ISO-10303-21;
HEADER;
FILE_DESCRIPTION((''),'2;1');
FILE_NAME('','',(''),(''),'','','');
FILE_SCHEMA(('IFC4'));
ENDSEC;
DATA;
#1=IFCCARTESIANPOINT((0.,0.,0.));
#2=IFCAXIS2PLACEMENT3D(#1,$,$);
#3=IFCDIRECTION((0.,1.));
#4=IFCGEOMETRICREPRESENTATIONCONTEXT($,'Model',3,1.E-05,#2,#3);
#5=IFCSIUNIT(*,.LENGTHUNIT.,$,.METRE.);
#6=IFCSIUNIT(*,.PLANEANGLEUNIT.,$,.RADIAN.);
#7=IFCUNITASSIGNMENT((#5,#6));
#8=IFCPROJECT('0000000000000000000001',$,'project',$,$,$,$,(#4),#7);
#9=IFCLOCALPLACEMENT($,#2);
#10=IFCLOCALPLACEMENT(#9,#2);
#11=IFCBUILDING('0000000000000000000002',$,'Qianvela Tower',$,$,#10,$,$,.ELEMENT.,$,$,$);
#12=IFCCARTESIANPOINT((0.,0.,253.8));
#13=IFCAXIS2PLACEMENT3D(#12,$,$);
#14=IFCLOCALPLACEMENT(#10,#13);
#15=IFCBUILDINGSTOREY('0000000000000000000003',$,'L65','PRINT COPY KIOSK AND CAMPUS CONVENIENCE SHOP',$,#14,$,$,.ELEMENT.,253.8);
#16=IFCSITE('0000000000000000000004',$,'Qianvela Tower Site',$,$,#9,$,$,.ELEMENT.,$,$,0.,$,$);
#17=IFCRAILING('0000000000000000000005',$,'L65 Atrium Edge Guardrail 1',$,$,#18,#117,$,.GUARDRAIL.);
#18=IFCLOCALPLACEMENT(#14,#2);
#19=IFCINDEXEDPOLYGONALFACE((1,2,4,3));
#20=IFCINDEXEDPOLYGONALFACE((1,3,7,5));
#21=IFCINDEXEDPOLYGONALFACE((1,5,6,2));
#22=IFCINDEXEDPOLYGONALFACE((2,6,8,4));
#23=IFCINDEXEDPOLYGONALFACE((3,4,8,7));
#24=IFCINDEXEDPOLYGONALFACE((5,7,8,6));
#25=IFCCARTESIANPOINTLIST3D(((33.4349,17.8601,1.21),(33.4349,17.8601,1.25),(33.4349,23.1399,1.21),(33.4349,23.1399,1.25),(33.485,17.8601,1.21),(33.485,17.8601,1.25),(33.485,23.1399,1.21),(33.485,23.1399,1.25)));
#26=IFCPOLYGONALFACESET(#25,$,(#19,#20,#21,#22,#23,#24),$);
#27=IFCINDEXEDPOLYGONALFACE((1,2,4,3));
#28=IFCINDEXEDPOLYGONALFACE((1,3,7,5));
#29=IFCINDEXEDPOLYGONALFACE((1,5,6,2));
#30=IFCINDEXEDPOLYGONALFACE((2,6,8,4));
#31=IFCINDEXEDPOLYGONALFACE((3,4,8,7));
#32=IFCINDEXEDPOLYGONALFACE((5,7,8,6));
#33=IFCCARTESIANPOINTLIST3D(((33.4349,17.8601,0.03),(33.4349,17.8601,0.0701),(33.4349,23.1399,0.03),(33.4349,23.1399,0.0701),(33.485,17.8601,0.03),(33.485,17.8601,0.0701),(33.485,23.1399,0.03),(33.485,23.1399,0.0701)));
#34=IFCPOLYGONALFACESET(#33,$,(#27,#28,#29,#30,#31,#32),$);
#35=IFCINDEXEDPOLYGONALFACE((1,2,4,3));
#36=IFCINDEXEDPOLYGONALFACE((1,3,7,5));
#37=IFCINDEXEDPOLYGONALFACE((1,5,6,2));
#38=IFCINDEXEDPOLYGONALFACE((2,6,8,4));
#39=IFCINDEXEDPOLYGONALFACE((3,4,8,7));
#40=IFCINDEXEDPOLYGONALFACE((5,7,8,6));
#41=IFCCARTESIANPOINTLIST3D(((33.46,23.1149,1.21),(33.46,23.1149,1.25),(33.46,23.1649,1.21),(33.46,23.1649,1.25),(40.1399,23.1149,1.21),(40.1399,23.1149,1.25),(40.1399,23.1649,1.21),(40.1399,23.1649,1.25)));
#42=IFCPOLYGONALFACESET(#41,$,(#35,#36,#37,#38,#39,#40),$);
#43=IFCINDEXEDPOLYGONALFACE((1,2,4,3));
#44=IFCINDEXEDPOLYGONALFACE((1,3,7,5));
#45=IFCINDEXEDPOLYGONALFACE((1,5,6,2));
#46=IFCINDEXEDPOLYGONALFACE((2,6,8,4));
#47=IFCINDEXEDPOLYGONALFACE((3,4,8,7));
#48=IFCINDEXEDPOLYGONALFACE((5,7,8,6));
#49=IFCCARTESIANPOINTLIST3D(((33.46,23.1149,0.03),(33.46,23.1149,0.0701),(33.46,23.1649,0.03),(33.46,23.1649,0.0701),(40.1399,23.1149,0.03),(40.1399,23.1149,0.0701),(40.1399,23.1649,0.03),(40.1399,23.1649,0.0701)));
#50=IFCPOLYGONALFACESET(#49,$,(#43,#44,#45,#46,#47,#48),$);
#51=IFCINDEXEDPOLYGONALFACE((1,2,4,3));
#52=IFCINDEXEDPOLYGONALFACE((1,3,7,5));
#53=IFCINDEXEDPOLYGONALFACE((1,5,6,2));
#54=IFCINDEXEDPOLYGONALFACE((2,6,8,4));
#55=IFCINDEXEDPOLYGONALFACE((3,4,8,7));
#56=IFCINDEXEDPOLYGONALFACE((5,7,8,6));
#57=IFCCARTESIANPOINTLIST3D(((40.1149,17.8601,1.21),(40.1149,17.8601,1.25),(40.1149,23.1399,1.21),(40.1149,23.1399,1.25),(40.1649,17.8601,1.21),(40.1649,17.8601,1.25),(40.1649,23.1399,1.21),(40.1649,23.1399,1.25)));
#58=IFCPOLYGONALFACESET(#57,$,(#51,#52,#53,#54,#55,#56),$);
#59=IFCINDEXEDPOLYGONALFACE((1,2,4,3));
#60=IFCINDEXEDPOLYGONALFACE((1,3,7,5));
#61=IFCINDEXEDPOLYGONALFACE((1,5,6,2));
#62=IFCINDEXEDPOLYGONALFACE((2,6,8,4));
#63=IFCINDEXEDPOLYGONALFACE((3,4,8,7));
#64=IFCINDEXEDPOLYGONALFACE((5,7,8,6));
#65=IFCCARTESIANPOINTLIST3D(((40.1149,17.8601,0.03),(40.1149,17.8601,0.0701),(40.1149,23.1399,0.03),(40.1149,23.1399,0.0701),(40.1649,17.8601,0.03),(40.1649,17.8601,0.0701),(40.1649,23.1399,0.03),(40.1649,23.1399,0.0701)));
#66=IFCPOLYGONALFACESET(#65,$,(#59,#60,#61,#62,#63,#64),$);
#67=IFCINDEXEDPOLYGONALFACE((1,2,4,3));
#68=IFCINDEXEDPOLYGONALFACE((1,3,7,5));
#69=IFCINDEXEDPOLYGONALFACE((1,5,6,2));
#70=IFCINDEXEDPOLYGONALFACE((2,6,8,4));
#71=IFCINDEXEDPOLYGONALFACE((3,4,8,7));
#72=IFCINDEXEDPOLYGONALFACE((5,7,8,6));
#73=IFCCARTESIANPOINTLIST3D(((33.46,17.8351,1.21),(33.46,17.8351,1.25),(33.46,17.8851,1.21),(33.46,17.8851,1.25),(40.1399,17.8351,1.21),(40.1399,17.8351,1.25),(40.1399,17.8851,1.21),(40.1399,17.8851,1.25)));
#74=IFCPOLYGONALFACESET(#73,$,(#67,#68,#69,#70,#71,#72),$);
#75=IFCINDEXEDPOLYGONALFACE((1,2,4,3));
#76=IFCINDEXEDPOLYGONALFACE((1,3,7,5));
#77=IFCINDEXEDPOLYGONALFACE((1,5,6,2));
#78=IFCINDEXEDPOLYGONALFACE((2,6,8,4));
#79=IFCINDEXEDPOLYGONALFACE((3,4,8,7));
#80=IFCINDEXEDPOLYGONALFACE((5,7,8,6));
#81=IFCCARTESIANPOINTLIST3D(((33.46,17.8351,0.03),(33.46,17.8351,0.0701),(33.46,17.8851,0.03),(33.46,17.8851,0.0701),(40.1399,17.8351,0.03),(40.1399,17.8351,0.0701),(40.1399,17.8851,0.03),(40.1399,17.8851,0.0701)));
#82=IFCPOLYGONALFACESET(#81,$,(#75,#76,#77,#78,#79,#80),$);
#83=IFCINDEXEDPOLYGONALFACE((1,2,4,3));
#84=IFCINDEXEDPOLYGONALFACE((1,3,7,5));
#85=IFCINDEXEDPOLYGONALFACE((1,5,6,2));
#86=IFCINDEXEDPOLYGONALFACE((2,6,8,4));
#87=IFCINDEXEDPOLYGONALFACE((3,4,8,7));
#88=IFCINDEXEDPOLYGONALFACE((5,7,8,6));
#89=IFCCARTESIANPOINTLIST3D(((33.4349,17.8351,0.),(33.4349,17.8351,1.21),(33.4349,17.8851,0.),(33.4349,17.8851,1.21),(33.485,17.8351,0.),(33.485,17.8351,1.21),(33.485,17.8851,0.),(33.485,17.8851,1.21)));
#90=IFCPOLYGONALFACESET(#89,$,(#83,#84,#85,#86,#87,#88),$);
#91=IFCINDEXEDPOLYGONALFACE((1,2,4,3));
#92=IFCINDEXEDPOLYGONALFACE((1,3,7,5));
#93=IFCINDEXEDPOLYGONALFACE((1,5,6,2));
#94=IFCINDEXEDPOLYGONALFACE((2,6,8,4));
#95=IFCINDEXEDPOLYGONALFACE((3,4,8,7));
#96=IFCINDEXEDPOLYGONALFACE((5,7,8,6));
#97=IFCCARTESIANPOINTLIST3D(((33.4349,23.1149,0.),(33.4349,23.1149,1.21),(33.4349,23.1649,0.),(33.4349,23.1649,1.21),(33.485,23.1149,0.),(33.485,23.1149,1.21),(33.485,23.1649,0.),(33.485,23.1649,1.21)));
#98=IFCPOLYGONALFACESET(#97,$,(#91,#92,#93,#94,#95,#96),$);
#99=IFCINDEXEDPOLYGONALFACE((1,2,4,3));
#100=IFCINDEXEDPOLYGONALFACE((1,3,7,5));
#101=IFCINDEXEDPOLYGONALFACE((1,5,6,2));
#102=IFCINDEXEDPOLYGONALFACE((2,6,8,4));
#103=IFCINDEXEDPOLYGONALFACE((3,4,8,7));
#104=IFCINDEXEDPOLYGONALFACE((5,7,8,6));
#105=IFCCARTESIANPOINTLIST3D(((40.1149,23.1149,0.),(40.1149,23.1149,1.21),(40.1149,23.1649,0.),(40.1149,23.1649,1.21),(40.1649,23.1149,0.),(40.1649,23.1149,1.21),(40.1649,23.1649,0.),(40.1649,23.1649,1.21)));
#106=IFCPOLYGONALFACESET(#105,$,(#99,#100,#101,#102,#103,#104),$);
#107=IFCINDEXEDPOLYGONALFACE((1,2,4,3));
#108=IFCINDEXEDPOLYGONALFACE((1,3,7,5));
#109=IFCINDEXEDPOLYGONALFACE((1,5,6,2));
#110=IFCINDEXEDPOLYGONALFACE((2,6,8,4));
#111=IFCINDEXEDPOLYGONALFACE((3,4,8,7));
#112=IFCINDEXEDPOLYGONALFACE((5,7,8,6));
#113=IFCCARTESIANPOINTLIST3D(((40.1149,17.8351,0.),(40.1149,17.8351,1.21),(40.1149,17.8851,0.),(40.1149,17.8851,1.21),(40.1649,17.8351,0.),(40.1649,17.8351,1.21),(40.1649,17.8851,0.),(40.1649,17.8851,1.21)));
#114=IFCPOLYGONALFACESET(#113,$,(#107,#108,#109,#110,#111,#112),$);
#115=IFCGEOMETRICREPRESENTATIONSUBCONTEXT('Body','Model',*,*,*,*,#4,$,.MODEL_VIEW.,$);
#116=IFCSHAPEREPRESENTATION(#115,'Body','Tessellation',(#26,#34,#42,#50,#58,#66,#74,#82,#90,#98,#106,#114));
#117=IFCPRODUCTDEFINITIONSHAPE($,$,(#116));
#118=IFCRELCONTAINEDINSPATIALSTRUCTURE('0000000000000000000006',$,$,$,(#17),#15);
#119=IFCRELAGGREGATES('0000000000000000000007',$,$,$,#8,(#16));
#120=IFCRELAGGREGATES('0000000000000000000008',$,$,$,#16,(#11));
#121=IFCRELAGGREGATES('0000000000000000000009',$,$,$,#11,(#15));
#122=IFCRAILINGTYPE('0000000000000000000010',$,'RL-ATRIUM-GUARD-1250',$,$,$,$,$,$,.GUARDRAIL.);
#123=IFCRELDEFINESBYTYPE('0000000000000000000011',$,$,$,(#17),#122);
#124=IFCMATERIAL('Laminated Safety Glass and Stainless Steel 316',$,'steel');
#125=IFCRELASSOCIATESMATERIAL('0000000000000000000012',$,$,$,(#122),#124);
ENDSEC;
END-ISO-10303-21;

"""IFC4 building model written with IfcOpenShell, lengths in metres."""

from ifc_helpers import new_model, si_unit, direction, frame, origin, origin_2d, place, context, subcontext, project, spatial, rectangle, extrude, material, type_object, element, save


model = new_model("IFC4")

# Units and contexts
model_context = context("Model", 3, precision=1e-05, world=origin(), true_north=direction((0.0, 1.0)))
body_context = subcontext(model_context, "Body", "Model", "MODEL_VIEW")
ifc_project = project(units=[si_unit("LENGTHUNIT", "METRE"), si_unit("PLANEANGLEUNIT", "RADIAN")], contexts=[model_context])

# Site, building, storey
site_placement = place(None, origin())
site = spatial("IfcSite", under=ifc_project, at=site_placement, Name="Qianvela Tower Site", CompositionType="ELEMENT", RefElevation=0.0)
building_placement = place(site_placement, origin())
building = spatial("IfcBuilding", under=site, at=building_placement, Name="Qianvela Tower", CompositionType="ELEMENT")
storey_placement = place(building_placement, frame((0.0, 0.0, 253.8)))
storey = spatial("IfcBuildingStorey", under=building, at=storey_placement, Name="L65", Description="PRINT COPY KIOSK AND CAMPUS CONVENIENCE SHOP", CompositionType="ELEMENT", Elevation=253.8)

# Railing
ifc_material_1 = material(Name="Laminated Safety Glass and Stainless Steel 316", Category="steel")
railing_type = type_object("IfcRailingType", Name="RL-ATRIUM-GUARD-1250", PredefinedType="GUARDRAIL", material=ifc_material_1)
railing_placement = place(storey_placement, frame((33.46, 17.8601, 0.0)))
element("IfcRailing", 1, at=railing_placement, inside=storey, type_object=railing_type, Name="L65 Atrium Edge Guardrail 1", PredefinedType="GUARDRAIL", context=body_context, shape_type="SweptSolid", body=[
    extrude(rectangle(XDim=0.05, YDim=0.04, at=origin_2d()), frame((0.0, 0.0, 1.23), z_axis=(0.0, 1.0, 0.0), x_axis=(-1.0, 0.0, 0.0)), (0.0, 0.0, 1.0), 5.2798),
    extrude(rectangle(XDim=0.05, YDim=0.04, at=origin_2d()), frame((0.0, 0.0, 0.05), z_axis=(0.0, 1.0, 0.0), x_axis=(-1.0, 0.0, 0.0)), (0.0, 0.0, 1.0), 5.2798),
    extrude(rectangle(XDim=0.05, YDim=0.04, at=origin_2d()), frame((0.0, 5.2798, 1.23), z_axis=(1.0, 0.0, 0.0), x_axis=(0.0, 1.0, 0.0)), (0.0, 0.0, 1.0), 6.6799),
    extrude(rectangle(XDim=0.05, YDim=0.04, at=origin_2d()), frame((0.0, 5.2798, 0.05), z_axis=(1.0, 0.0, 0.0), x_axis=(0.0, 1.0, 0.0)), (0.0, 0.0, 1.0), 6.6799),
    extrude(rectangle(XDim=0.05, YDim=0.04, at=origin_2d()), frame((6.6799, 5.2798, 1.23), z_axis=(0.0, -1.0, 0.0), x_axis=(1.0, 0.0, 0.0)), (0.0, 0.0, 1.0), 5.2798),
    extrude(rectangle(XDim=0.05, YDim=0.04, at=origin_2d()), frame((6.6799, 5.2798, 0.05), z_axis=(0.0, -1.0, 0.0), x_axis=(1.0, 0.0, 0.0)), (0.0, 0.0, 1.0), 5.2798),
    extrude(rectangle(XDim=0.05, YDim=0.04, at=origin_2d()), frame((6.6799, 0.0, 1.23), z_axis=(-1.0, 0.0, 0.0), x_axis=(0.0, -1.0, 0.0)), (0.0, 0.0, 1.0), 6.6799),
    extrude(rectangle(XDim=0.05, YDim=0.04, at=origin_2d()), frame((6.6799, 0.0, 0.05), z_axis=(-1.0, 0.0, 0.0), x_axis=(0.0, -1.0, 0.0)), (0.0, 0.0, 1.0), 6.6799),
    extrude(rectangle(XDim=0.05, YDim=0.05, at=origin_2d()), origin(), (0.0, 0.0, 1.0), 1.21),
    extrude(rectangle(XDim=0.05, YDim=0.05, at=origin_2d()), frame((0.0, 5.2798, 0.0)), (0.0, 0.0, 1.0), 1.21),
    extrude(rectangle(XDim=0.05, YDim=0.05, at=origin_2d()), frame((6.6799, 5.2798, 0.0)), (0.0, 0.0, 1.0), 1.21),
    extrude(rectangle(XDim=0.05, YDim=0.05, at=origin_2d()), frame((6.6799, 0.0, 0.0)), (0.0, 0.0, 1.0), 1.21),
])

save(model, "model.ifc")
